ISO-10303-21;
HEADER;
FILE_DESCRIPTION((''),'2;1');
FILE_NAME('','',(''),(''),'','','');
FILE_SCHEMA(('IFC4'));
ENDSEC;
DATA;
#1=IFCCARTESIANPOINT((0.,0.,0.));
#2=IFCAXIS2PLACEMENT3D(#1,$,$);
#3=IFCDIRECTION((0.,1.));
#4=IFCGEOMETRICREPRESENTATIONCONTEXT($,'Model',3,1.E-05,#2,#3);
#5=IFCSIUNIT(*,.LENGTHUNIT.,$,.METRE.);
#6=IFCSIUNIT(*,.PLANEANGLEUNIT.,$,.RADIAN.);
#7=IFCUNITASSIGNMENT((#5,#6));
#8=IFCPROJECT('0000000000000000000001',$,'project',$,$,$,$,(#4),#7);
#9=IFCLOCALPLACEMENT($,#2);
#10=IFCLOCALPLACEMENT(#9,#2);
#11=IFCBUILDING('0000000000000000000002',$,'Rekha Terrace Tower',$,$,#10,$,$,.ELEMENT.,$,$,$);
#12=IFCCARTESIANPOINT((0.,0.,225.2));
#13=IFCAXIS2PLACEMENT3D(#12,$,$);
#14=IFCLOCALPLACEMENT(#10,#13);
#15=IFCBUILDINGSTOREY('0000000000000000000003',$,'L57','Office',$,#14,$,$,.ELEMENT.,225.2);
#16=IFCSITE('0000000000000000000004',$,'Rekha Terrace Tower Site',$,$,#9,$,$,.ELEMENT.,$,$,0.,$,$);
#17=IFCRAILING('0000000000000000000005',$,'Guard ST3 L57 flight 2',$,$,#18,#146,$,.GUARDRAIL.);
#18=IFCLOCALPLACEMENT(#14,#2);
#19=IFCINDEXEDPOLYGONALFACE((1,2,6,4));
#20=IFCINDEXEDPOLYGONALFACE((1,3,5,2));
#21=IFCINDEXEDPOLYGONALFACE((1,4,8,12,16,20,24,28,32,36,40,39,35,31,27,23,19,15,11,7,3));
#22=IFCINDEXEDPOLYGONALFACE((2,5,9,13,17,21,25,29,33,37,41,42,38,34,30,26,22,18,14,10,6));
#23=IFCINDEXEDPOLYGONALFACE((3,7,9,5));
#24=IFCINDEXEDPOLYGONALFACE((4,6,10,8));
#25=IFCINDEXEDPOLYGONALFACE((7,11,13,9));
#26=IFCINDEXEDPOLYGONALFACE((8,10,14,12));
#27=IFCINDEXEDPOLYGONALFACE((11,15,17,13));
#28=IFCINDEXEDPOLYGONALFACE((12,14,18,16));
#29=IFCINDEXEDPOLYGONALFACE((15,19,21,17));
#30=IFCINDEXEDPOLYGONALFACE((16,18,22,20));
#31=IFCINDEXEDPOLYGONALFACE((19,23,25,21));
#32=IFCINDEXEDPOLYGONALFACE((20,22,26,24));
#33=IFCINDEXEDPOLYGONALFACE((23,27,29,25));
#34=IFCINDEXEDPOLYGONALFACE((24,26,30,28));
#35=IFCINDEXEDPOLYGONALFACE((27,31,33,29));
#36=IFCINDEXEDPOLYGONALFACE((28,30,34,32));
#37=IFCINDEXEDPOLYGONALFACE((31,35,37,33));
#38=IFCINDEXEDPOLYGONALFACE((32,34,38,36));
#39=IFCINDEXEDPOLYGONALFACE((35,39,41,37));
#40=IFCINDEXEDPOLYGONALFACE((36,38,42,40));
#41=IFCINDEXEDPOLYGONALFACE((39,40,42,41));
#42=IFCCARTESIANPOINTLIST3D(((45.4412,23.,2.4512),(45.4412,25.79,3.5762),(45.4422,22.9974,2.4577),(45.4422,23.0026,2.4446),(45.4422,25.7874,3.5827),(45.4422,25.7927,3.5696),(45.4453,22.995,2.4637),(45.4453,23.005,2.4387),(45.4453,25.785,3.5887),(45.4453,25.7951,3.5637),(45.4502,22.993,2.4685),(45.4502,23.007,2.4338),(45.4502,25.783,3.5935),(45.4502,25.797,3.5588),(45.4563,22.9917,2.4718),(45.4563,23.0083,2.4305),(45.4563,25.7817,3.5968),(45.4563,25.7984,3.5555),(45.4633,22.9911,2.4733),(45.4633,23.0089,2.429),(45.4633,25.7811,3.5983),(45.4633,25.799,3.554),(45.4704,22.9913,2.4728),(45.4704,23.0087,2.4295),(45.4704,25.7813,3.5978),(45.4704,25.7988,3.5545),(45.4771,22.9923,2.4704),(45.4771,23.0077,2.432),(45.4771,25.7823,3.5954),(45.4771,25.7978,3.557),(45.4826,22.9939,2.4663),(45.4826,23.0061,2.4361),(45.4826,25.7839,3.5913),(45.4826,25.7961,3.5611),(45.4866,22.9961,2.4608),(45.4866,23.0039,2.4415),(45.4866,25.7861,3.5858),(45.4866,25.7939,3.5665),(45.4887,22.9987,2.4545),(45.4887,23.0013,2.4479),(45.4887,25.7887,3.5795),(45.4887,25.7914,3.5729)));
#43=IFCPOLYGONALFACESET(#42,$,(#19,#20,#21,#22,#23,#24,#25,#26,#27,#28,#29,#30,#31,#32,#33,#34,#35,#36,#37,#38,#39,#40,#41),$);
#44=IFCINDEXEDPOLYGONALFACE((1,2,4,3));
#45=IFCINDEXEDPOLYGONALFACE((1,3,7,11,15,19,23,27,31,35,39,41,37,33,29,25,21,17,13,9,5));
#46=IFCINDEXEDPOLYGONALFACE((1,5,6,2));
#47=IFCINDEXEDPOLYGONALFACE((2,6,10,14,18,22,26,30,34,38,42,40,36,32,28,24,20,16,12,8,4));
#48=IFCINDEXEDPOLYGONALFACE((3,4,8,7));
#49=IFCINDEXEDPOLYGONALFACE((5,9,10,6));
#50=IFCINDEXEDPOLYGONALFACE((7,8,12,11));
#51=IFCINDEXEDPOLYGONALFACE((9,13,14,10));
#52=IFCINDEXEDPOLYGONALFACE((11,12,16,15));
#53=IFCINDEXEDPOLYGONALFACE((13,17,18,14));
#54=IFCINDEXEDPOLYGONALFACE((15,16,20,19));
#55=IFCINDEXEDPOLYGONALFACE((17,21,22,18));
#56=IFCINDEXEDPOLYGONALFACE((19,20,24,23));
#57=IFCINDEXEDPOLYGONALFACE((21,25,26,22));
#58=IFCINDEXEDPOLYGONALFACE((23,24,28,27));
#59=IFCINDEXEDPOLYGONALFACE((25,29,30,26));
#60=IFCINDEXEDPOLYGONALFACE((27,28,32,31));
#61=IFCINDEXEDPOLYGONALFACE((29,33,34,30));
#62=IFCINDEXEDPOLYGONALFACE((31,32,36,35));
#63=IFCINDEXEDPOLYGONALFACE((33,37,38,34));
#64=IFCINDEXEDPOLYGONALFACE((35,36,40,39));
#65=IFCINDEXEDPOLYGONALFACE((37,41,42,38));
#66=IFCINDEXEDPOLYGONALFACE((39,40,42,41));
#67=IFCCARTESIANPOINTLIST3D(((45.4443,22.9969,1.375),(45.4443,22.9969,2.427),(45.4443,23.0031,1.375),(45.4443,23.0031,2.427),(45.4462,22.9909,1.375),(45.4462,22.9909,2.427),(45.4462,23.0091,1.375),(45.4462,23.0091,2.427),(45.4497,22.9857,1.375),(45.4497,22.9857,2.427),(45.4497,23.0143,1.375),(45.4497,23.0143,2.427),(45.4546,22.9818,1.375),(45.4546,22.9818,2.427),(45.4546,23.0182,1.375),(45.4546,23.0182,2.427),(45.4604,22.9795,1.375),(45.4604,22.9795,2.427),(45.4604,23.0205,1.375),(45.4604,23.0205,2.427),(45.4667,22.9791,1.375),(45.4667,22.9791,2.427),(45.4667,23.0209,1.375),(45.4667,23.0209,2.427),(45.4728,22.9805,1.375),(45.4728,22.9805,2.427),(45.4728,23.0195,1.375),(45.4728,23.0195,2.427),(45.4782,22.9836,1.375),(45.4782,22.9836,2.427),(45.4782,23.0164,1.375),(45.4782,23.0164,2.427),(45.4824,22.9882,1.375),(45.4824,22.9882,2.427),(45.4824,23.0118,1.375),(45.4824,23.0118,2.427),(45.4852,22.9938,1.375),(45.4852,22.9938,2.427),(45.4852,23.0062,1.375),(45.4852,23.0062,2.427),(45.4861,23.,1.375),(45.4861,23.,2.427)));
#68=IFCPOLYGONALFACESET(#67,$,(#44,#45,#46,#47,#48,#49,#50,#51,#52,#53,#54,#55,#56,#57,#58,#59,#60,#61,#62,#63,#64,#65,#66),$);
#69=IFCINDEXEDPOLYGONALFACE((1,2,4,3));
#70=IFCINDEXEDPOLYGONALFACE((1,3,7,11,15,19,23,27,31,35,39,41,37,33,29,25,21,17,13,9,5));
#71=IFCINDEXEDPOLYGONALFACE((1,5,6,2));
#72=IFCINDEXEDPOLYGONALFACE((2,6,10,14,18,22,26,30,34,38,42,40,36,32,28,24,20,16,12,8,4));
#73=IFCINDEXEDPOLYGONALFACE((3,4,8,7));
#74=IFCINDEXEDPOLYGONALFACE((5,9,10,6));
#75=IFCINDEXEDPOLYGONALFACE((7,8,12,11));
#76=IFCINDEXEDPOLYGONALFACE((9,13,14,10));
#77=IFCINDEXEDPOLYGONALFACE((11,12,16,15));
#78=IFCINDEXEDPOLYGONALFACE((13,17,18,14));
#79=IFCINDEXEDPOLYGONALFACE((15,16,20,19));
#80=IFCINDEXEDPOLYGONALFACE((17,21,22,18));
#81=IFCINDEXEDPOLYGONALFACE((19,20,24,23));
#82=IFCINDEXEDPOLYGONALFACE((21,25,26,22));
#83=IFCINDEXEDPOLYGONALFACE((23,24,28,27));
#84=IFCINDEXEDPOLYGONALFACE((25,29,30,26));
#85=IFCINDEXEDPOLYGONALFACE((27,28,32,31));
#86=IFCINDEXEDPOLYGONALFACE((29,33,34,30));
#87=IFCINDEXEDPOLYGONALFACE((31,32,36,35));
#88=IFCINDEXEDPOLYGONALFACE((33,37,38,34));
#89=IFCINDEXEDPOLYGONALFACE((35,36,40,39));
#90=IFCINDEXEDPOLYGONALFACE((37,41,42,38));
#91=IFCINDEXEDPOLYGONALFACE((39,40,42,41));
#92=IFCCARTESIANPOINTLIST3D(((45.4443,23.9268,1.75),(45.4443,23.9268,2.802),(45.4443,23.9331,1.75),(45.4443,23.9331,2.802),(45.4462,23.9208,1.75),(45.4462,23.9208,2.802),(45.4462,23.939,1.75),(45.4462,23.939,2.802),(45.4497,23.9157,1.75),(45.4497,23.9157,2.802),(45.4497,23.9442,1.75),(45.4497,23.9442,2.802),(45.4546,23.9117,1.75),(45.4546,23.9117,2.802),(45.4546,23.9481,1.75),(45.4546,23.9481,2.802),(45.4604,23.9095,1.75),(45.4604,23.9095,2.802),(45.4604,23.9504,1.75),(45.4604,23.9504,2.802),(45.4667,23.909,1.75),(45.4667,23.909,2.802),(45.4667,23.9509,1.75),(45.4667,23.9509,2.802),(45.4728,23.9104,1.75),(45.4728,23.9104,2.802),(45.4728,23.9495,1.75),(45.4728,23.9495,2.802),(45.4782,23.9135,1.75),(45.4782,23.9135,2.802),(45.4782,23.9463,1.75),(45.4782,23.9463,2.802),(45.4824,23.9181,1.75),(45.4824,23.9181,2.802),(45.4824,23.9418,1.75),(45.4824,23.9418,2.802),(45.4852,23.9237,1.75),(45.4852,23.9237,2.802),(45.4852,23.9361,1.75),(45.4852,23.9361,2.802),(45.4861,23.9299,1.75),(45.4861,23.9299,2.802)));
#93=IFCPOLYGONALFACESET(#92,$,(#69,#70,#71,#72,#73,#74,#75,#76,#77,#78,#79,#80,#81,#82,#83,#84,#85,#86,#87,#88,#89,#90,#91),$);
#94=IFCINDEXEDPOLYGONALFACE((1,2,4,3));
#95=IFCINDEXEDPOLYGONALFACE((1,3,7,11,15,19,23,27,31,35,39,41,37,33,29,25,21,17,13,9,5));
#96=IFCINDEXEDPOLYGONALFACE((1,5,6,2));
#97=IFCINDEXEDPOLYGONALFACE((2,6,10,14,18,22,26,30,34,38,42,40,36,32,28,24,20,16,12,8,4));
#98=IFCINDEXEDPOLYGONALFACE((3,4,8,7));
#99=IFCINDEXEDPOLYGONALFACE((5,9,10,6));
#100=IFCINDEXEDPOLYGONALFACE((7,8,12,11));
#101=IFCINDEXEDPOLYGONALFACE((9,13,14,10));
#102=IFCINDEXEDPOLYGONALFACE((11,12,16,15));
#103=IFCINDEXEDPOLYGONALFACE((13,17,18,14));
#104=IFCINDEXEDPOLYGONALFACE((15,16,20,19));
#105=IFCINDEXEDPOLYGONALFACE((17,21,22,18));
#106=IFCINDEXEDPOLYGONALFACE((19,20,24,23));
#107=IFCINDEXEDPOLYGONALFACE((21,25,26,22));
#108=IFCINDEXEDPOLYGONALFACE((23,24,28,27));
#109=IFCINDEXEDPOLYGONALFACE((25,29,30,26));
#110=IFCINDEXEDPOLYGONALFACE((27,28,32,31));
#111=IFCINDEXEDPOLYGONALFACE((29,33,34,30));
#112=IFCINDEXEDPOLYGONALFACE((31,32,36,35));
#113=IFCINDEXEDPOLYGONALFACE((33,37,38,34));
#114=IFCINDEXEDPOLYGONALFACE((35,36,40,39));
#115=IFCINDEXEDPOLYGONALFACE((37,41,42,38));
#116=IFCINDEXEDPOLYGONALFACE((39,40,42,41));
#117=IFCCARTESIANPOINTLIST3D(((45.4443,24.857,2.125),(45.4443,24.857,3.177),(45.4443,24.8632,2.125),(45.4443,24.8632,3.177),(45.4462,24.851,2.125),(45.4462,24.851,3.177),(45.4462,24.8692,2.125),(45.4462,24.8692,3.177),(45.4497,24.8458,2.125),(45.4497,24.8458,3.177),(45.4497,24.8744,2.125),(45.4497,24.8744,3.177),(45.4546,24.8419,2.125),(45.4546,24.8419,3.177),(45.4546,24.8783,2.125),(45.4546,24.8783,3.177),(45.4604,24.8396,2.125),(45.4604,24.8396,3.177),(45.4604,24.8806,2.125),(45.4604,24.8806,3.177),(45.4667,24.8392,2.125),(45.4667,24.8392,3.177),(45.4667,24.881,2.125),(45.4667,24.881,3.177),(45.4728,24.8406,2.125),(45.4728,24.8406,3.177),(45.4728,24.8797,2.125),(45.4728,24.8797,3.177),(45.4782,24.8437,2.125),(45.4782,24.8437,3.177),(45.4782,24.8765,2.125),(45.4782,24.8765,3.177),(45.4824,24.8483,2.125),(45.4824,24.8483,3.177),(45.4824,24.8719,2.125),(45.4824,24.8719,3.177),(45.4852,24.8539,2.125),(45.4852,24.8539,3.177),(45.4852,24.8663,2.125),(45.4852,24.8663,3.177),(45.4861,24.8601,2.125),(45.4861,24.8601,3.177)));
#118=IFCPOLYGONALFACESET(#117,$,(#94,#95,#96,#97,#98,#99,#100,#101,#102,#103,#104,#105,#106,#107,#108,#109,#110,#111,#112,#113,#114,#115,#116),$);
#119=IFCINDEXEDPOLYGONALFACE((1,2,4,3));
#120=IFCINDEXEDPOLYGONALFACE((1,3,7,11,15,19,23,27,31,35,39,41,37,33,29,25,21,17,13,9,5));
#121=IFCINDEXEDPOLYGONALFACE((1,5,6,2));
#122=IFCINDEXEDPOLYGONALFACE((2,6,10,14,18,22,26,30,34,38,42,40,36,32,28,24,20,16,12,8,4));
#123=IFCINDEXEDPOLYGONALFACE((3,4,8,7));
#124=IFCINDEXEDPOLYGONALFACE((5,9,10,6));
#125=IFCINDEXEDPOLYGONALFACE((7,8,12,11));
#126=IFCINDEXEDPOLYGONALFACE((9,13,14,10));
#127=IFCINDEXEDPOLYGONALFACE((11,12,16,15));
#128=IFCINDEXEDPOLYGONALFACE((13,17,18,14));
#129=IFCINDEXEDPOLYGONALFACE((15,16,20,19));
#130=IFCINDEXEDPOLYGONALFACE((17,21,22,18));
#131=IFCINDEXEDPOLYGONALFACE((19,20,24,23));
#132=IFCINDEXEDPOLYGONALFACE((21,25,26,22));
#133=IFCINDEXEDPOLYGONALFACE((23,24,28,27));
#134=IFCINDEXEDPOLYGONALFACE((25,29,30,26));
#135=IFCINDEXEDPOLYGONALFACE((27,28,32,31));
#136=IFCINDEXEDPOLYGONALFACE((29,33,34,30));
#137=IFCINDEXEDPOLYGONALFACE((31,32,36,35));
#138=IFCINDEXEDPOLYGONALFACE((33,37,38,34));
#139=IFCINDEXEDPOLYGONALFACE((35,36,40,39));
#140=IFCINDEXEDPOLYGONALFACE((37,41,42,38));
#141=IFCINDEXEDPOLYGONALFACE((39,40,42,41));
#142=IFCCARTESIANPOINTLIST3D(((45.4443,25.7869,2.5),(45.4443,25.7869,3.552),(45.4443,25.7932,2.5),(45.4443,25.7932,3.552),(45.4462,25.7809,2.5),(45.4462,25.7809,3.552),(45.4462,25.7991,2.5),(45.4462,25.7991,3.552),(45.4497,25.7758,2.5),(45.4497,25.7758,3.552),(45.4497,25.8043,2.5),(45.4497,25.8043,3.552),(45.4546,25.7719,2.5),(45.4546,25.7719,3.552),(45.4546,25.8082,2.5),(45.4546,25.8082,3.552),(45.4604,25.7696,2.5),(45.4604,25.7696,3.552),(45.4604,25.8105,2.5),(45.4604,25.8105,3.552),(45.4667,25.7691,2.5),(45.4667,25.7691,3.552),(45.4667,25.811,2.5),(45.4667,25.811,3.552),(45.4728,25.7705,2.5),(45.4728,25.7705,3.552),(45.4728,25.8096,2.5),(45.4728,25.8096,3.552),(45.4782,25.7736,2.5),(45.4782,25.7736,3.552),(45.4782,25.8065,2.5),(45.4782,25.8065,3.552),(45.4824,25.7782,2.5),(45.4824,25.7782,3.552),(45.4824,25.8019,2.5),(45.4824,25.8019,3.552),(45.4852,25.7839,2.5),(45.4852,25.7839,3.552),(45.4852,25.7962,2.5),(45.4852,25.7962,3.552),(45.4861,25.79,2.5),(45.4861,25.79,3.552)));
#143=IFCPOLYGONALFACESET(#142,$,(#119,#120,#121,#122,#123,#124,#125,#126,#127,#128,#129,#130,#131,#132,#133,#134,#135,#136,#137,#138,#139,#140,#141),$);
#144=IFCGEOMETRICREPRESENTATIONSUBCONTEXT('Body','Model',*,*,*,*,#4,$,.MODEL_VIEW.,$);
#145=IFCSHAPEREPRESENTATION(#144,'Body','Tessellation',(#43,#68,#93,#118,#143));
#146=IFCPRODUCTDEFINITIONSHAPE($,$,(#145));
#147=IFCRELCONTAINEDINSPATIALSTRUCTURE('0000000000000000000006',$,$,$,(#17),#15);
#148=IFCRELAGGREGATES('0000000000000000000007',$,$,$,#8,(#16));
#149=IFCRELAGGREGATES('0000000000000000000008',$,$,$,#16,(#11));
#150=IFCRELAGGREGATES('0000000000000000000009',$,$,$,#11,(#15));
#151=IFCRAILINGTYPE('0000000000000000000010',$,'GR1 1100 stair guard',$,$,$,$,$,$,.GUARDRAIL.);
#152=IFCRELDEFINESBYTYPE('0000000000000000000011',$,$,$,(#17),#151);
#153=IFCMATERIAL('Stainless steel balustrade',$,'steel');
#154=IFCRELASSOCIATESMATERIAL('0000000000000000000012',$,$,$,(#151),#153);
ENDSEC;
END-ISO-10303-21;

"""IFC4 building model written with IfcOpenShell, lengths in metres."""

from ifc_helpers import new_model, si_unit, direction, frame, origin, origin_2d, place, context, subcontext, project, spatial, circle, extrude, material, type_object, element, save


model = new_model("IFC4")

# Units and contexts
model_context = context("Model", 3, precision=1e-05, world=origin(), true_north=direction((0.0, 1.0)))
body_context = subcontext(model_context, "Body", "Model", "MODEL_VIEW")
ifc_project = project(units=[si_unit("LENGTHUNIT", "METRE"), si_unit("PLANEANGLEUNIT", "RADIAN")], contexts=[model_context])

# Site, building, storey
site_placement = place(None, origin())
site = spatial("IfcSite", under=ifc_project, at=site_placement, Name="Rekha Terrace Tower Site", CompositionType="ELEMENT", RefElevation=0.0)
building_placement = place(site_placement, origin())
building = spatial("IfcBuilding", under=site, at=building_placement, Name="Rekha Terrace Tower", CompositionType="ELEMENT")
storey_placement = place(building_placement, frame((0.0, 0.0, 225.2)))
storey = spatial("IfcBuildingStorey", under=building, at=storey_placement, Name="L57", Description="Office", CompositionType="ELEMENT", Elevation=225.2)

# Railing
ifc_material_1 = material(Name="Stainless steel balustrade", Category="steel")
railing_type_1 = type_object("IfcRailingType", Name="GR1 1100 stair guard", PredefinedType="GUARDRAIL", material=ifc_material_1)
railing_1_placement = place(storey_placement, frame((45.4651, 23.0, 1.375)))
element("IfcRailing", 1, at=railing_1_placement, inside=storey, type_object=railing_type_1, Name="Guard ST3 L57 flight 2", PredefinedType="GUARDRAIL", context=body_context, shape_type="SweptSolid", body=[
    extrude(circle(Radius=0.0239, at=origin_2d()), frame((0.0, 0.0, 1.0762), z_axis=(0.0, 0.927443, 0.373964), x_axis=(-1.0, 0.0, 0.0)), (0.0, 0.0, 1.0), 3.0083),
    extrude(circle(Radius=0.021, at=origin_2d()), origin(), (0.0, 0.0, 1.0), 1.052),
    extrude(circle(Radius=0.021, at=origin_2d()), frame((0.0, 0.9299, 0.375)), (0.0, 0.0, 1.0), 1.052),
    extrude(circle(Radius=0.021, at=origin_2d()), frame((0.0, 1.8601, 0.75)), (0.0, 0.0, 1.0), 1.052),
    extrude(circle(Radius=0.021, at=origin_2d()), frame((0.0, 2.79, 1.125)), (0.0, 0.0, 1.0), 1.052),
])

save(model, "model.ifc")
